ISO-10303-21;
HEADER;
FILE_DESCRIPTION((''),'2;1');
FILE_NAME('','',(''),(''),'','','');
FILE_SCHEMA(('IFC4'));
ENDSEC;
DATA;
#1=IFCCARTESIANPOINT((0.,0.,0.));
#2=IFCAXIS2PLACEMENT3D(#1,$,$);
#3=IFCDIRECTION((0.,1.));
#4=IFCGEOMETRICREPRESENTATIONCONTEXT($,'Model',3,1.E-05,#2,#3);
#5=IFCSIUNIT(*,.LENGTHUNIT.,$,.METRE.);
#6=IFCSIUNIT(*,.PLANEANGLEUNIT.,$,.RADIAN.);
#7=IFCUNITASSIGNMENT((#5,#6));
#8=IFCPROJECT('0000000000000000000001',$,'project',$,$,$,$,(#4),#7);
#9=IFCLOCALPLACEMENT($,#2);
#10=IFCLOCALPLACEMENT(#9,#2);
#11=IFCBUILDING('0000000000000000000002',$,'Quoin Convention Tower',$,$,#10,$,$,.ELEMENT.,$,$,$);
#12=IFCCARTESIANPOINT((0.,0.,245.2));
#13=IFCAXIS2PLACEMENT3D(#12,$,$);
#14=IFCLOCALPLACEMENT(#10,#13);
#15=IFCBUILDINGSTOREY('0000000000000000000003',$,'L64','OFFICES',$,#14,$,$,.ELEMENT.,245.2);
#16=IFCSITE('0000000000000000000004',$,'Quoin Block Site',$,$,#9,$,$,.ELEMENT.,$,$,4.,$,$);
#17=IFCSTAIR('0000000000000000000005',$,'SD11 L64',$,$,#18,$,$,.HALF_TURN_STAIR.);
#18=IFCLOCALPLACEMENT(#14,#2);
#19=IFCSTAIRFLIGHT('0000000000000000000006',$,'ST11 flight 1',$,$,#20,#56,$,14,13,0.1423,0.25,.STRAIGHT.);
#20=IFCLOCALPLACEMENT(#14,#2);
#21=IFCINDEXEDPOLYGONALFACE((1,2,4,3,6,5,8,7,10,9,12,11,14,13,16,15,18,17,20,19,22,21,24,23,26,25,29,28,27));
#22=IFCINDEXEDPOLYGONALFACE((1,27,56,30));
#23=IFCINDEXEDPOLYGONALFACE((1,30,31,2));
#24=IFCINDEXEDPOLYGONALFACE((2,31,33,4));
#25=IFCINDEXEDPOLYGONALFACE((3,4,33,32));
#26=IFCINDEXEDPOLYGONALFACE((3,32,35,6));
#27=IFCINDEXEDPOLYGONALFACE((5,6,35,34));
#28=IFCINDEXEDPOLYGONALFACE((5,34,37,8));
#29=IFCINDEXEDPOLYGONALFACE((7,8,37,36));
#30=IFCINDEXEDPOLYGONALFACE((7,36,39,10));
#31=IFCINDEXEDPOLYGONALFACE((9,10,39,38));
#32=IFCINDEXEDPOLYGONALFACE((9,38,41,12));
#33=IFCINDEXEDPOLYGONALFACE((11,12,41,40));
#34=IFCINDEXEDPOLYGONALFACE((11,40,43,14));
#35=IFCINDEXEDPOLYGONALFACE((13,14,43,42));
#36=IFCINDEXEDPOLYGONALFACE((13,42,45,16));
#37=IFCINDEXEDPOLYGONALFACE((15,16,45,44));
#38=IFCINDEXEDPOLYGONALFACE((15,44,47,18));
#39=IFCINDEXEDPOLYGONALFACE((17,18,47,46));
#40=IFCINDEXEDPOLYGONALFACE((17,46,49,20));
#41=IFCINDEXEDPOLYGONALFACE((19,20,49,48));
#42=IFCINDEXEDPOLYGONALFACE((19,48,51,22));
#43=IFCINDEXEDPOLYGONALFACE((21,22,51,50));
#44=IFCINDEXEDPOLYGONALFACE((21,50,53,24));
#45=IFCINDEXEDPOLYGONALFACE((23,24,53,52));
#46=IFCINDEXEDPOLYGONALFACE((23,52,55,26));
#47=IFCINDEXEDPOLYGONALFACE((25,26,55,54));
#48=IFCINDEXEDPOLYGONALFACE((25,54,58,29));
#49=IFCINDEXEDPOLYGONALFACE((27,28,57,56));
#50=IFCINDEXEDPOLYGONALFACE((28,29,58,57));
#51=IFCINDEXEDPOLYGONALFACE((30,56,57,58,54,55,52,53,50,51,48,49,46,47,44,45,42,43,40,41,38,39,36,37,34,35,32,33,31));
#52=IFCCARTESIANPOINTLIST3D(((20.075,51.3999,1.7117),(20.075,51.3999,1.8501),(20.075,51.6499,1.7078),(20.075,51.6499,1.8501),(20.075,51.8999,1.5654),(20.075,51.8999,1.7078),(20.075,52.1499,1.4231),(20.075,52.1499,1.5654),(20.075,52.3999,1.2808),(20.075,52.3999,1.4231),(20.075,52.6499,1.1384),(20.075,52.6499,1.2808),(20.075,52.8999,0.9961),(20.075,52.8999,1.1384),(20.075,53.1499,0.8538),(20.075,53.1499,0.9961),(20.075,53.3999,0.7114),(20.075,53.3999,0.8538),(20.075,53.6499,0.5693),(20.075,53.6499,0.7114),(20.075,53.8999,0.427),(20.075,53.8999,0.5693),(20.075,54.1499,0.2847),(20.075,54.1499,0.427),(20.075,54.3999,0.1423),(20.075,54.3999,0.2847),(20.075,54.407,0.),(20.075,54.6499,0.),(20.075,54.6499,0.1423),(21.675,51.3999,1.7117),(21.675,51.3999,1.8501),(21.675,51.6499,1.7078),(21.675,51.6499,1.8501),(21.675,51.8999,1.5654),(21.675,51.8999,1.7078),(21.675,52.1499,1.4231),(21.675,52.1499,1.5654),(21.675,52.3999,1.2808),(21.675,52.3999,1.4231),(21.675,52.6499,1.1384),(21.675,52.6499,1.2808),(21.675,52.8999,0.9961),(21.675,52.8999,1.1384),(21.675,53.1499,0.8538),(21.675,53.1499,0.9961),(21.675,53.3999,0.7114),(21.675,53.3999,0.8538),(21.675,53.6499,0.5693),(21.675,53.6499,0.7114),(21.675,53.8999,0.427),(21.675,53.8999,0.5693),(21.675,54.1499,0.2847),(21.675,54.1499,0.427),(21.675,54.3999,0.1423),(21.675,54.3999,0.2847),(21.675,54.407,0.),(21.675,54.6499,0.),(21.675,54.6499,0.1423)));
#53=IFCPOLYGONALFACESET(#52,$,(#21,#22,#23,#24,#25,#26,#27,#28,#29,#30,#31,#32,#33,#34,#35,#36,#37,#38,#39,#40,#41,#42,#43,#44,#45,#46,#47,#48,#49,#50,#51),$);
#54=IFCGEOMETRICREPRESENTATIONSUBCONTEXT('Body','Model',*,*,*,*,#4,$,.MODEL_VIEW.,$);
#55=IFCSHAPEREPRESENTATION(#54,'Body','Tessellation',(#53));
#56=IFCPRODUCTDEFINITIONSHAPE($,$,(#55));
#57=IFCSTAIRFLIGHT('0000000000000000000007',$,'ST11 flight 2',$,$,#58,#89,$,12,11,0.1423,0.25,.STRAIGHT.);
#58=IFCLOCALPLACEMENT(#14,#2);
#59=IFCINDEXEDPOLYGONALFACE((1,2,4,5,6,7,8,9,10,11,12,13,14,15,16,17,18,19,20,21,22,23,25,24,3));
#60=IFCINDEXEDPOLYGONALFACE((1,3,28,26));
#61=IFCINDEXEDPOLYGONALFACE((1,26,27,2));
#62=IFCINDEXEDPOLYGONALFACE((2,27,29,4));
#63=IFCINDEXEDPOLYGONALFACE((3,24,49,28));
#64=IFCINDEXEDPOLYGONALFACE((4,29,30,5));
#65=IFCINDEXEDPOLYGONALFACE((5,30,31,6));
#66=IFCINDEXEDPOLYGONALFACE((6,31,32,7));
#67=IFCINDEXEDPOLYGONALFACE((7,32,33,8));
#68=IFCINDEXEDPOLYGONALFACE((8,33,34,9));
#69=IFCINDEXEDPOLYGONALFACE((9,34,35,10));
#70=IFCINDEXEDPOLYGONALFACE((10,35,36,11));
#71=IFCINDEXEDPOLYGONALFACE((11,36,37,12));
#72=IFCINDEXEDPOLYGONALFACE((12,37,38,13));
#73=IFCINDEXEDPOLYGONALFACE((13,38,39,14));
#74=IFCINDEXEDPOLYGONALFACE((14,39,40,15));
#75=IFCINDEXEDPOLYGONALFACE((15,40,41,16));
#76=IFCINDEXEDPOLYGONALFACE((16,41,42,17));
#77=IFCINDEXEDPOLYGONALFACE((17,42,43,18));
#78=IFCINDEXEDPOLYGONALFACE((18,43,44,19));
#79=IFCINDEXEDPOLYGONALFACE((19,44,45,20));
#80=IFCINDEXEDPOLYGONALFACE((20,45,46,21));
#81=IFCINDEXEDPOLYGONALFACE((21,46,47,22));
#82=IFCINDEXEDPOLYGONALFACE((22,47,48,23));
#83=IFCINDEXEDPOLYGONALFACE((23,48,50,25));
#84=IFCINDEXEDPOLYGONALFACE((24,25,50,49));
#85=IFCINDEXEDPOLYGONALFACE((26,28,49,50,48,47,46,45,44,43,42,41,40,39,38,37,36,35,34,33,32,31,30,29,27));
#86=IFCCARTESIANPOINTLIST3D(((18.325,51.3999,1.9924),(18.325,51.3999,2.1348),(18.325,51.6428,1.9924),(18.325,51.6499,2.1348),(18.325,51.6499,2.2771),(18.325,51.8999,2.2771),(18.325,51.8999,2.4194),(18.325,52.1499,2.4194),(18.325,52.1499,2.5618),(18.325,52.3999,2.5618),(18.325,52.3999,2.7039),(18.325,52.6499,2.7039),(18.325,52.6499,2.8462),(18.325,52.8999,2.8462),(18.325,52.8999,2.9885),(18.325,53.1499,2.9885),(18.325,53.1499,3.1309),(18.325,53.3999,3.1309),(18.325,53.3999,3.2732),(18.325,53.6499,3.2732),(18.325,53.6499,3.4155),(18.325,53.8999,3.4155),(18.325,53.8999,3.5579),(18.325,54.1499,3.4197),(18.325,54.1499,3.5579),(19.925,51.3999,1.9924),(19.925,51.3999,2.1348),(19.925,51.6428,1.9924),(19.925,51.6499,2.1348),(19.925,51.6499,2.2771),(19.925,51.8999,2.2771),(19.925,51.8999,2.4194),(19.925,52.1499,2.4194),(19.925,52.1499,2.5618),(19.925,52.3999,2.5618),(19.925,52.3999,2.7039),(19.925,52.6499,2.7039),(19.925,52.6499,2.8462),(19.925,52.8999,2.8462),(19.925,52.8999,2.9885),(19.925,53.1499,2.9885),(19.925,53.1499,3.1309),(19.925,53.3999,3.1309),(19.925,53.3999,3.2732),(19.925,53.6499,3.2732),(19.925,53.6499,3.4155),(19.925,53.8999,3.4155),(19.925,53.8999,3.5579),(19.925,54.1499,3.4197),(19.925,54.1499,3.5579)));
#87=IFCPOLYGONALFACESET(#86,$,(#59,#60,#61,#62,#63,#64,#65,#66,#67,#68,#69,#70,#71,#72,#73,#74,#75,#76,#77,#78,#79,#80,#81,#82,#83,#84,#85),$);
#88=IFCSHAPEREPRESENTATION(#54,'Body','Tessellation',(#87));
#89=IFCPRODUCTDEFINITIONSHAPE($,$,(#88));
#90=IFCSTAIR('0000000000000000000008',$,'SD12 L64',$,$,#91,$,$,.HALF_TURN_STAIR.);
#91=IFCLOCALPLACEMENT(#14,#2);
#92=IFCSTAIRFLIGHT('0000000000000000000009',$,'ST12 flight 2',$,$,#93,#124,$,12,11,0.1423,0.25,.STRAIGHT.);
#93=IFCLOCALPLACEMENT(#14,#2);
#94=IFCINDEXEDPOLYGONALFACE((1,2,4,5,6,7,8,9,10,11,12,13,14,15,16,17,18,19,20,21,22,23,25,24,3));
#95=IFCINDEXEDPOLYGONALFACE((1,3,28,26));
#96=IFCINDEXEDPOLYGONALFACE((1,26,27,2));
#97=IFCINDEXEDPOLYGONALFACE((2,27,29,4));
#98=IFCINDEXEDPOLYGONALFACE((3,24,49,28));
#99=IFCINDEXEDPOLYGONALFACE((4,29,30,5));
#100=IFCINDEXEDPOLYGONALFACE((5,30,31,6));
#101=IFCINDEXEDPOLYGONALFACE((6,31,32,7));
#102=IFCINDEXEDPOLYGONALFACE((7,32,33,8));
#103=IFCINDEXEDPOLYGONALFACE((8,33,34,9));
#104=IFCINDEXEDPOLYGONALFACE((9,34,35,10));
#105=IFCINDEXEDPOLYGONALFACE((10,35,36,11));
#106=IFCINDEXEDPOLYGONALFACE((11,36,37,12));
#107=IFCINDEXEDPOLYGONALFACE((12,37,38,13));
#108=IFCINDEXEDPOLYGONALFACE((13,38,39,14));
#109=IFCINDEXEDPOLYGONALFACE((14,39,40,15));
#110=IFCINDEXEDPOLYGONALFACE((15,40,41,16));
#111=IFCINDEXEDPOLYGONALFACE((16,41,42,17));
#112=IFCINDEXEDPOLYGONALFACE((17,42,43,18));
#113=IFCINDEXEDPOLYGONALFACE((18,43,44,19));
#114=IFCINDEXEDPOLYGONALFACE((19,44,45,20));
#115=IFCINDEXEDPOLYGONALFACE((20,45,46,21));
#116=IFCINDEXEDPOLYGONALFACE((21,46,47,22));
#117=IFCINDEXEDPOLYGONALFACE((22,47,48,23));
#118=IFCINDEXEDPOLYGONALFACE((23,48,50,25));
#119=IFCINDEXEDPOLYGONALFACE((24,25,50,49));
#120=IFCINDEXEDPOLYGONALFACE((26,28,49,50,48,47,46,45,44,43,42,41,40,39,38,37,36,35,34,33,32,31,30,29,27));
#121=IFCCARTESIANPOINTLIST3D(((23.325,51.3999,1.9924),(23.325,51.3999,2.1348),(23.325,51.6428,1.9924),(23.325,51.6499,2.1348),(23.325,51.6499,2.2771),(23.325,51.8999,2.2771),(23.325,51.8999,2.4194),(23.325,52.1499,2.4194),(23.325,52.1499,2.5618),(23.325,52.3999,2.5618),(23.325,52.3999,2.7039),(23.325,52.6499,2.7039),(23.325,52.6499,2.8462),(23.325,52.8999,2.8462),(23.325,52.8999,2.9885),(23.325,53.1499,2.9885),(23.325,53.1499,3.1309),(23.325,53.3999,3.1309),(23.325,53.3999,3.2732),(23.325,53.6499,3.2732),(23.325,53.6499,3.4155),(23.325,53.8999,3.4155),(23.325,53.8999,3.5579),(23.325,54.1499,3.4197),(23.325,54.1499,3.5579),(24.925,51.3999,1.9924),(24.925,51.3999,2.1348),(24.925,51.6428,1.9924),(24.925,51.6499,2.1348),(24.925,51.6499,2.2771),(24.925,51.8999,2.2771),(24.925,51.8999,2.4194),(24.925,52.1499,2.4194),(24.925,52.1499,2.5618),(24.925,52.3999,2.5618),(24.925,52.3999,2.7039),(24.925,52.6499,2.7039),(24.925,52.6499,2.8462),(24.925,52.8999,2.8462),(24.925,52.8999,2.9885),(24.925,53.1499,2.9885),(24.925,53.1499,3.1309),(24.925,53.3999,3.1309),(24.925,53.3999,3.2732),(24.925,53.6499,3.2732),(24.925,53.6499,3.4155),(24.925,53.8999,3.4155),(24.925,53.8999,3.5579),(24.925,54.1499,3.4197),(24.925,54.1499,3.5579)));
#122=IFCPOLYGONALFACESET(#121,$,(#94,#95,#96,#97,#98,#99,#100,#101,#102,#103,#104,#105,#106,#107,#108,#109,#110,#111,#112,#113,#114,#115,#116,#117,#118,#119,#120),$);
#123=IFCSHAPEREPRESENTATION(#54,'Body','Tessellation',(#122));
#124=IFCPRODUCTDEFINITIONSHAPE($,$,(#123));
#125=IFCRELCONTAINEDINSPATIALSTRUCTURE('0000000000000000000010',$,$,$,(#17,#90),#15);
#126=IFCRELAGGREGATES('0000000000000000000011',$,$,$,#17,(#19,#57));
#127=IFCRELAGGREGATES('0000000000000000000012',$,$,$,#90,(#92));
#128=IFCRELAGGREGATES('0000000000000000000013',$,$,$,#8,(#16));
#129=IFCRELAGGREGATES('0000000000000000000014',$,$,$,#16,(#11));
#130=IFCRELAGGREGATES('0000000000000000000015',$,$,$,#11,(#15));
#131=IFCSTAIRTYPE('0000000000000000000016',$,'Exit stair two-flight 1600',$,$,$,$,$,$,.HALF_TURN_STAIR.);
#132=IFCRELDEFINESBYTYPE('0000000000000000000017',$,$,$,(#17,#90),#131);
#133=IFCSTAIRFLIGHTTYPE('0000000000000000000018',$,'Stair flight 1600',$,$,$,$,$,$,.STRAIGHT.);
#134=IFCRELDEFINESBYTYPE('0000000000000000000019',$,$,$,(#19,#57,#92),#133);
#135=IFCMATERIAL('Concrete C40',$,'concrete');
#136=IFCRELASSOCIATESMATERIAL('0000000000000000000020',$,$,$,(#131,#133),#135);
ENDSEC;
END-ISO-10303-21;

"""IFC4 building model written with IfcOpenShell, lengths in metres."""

from ifc_helpers import new_model, si_unit, direction, frame, origin, place, context, subcontext, project, spatial, polyline, outline, extrude, material, type_object, element, aggregate, save


model = new_model("IFC4")

# Units and contexts
model_context = context("Model", 3, precision=1e-05, world=origin(), true_north=direction((0.0, 1.0)))
body_context = subcontext(model_context, "Body", "Model", "MODEL_VIEW")
ifc_project = project(units=[si_unit("LENGTHUNIT", "METRE"), si_unit("PLANEANGLEUNIT", "RADIAN")], contexts=[model_context])

# Site, building, storey
site_placement = place(None, origin())
site = spatial("IfcSite", under=ifc_project, at=site_placement, Name="Quoin Block Site", CompositionType="ELEMENT", RefElevation=4.0)
building_placement = place(site_placement, origin())
building = spatial("IfcBuilding", under=site, at=building_placement, Name="Quoin Convention Tower", CompositionType="ELEMENT")
storey_placement = place(building_placement, frame((0.0, 0.0, 245.2)))
storey = spatial("IfcBuildingStorey", under=building, at=storey_placement, Name="L64", Description="OFFICES", CompositionType="ELEMENT", Elevation=245.2)

# Stair, stair flights
ifc_material_1 = material(Name="Concrete C40", Category="concrete")
stair_type = type_object("IfcStairType", Name="Exit stair two-flight 1600", PredefinedType="HALF_TURN_STAIR", material=ifc_material_1)
stair_1_placement = place(storey_placement, origin())
stair_1 = element("IfcStair", 1, at=stair_1_placement, inside=storey, type_object=stair_type, Name="SD11 L64", PredefinedType="HALF_TURN_STAIR")
stair_flight_type = type_object("IfcStairFlightType", Name="Stair flight 1600", PredefinedType="STRAIGHT", material=ifc_material_1)
stair_flight_1_placement = place(storey_placement, frame((20.875, 54.6499, 0.0), z_axis=(0.0, 0.0, 1.0), x_axis=(0.0, -1.0, 0.0)))
stair_flight_1 = element("IfcStairFlight", 2, at=stair_flight_1_placement, type_object=stair_flight_type, Name="ST11 flight 1", NumberOfRisers=14, NumberOfTreads=13, PredefinedType="STRAIGHT", RiserHeight=0.1423, TreadLength=0.25, context=body_context, shape_type="SweptSolid", body=[
    extrude(outline(polyline([(0.0, 0.0), (0.0, 0.1423), (0.25, 0.1423), (0.25, 0.2847), (0.5, 0.2847), (0.5, 0.427), (0.75, 0.427), (0.75, 0.5693), (1.0, 0.5693), (1.0, 0.7114), (1.25, 0.7114), (1.25, 0.8538), (1.5, 0.8538), (1.5, 0.9961), (1.75, 0.9961), (1.75, 1.1384), (2.0, 1.1384), (2.0, 1.2808), (2.25, 1.2808), (2.25, 1.4231), (2.5, 1.4231), (2.5, 1.5654), (2.75, 1.5654), (2.75, 1.7078), (3.0, 1.7078), (3.0, 1.8501), (3.25, 1.8501), (3.25, 1.9922), (3.25, 1.7117), (0.2429, 0.0), (0.0, 0.0)])), frame((0.0, 0.8, 0.0), z_axis=(0.0, -1.0, 0.0), x_axis=(1.0, 0.0, 0.0)), (0.0, 0.0, 1.0), 1.6001),
])
stair_flight_2_placement = place(storey_placement, frame((19.125, 51.3999, 1.9924), z_axis=(0.0, 0.0, 1.0), x_axis=(0.0, 1.0, 0.0)))
stair_flight_2 = element("IfcStairFlight", 3, at=stair_flight_2_placement, type_object=stair_flight_type, Name="ST11 flight 2", NumberOfRisers=12, NumberOfTreads=11, PredefinedType="STRAIGHT", RiserHeight=0.1423, TreadLength=0.25, context=body_context, shape_type="SweptSolid", body=[
    extrude(outline(polyline([(0.0, 0.0), (0.0, 0.1423), (0.25, 0.1423), (0.25, 0.2847), (0.5, 0.2847), (0.5, 0.427), (0.75, 0.427), (0.75, 0.5693), (1.0, 0.5693), (1.0, 0.7114), (1.25, 0.7114), (1.25, 0.8538), (1.5, 0.8538), (1.5, 0.9961), (1.75, 0.9961), (1.75, 1.1384), (2.0, 1.1384), (2.0, 1.2808), (2.25, 1.2808), (2.25, 1.4231), (2.5, 1.4231), (2.5, 1.5654), (2.75, 1.5654), (2.75, 1.7078), (2.75, 1.4272), (0.2429, 0.0), (0.0, 0.0)])), frame((0.0, 0.8, 0.0), z_axis=(0.0, -1.0, 0.0), x_axis=(1.0, 0.0, 0.0)), (0.0, 0.0, 1.0), 1.6001),
])
aggregate(stair_1, [stair_flight_1, stair_flight_2])

# Stair, stair flight
stair_2_placement = place(storey_placement, origin())
stair_2 = element("IfcStair", 4, at=stair_2_placement, inside=storey, type_object=stair_type, Name="SD12 L64", PredefinedType="HALF_TURN_STAIR")
stair_flight_3_placement = place(storey_placement, frame((24.125, 51.3999, 1.9924), z_axis=(0.0, 0.0, 1.0), x_axis=(0.0, 1.0, 0.0)))
stair_flight_3 = element("IfcStairFlight", 5, at=stair_flight_3_placement, type_object=stair_flight_type, Name="ST12 flight 2", NumberOfRisers=12, NumberOfTreads=11, PredefinedType="STRAIGHT", RiserHeight=0.1423, TreadLength=0.25, context=body_context, shape_type="SweptSolid", body=[
    extrude(outline(polyline([(0.0, 0.0), (0.0, 0.1423), (0.25, 0.1423), (0.25, 0.2847), (0.5, 0.2847), (0.5, 0.427), (0.75, 0.427), (0.75, 0.5693), (1.0, 0.5693), (1.0, 0.7114), (1.25, 0.7114), (1.25, 0.8538), (1.5, 0.8538), (1.5, 0.9961), (1.75, 0.9961), (1.75, 1.1384), (2.0, 1.1384), (2.0, 1.2808), (2.25, 1.2808), (2.25, 1.4231), (2.5, 1.4231), (2.5, 1.5654), (2.75, 1.5654), (2.75, 1.7078), (2.75, 1.4272), (0.2429, 0.0), (0.0, 0.0)])), frame((0.0, 0.8, 0.0), z_axis=(0.0, -1.0, 0.0), x_axis=(1.0, 0.0, 0.0)), (0.0, 0.0, 1.0), 1.6001),
])
aggregate(stair_2, [stair_flight_3])

save(model, "model.ifc")
